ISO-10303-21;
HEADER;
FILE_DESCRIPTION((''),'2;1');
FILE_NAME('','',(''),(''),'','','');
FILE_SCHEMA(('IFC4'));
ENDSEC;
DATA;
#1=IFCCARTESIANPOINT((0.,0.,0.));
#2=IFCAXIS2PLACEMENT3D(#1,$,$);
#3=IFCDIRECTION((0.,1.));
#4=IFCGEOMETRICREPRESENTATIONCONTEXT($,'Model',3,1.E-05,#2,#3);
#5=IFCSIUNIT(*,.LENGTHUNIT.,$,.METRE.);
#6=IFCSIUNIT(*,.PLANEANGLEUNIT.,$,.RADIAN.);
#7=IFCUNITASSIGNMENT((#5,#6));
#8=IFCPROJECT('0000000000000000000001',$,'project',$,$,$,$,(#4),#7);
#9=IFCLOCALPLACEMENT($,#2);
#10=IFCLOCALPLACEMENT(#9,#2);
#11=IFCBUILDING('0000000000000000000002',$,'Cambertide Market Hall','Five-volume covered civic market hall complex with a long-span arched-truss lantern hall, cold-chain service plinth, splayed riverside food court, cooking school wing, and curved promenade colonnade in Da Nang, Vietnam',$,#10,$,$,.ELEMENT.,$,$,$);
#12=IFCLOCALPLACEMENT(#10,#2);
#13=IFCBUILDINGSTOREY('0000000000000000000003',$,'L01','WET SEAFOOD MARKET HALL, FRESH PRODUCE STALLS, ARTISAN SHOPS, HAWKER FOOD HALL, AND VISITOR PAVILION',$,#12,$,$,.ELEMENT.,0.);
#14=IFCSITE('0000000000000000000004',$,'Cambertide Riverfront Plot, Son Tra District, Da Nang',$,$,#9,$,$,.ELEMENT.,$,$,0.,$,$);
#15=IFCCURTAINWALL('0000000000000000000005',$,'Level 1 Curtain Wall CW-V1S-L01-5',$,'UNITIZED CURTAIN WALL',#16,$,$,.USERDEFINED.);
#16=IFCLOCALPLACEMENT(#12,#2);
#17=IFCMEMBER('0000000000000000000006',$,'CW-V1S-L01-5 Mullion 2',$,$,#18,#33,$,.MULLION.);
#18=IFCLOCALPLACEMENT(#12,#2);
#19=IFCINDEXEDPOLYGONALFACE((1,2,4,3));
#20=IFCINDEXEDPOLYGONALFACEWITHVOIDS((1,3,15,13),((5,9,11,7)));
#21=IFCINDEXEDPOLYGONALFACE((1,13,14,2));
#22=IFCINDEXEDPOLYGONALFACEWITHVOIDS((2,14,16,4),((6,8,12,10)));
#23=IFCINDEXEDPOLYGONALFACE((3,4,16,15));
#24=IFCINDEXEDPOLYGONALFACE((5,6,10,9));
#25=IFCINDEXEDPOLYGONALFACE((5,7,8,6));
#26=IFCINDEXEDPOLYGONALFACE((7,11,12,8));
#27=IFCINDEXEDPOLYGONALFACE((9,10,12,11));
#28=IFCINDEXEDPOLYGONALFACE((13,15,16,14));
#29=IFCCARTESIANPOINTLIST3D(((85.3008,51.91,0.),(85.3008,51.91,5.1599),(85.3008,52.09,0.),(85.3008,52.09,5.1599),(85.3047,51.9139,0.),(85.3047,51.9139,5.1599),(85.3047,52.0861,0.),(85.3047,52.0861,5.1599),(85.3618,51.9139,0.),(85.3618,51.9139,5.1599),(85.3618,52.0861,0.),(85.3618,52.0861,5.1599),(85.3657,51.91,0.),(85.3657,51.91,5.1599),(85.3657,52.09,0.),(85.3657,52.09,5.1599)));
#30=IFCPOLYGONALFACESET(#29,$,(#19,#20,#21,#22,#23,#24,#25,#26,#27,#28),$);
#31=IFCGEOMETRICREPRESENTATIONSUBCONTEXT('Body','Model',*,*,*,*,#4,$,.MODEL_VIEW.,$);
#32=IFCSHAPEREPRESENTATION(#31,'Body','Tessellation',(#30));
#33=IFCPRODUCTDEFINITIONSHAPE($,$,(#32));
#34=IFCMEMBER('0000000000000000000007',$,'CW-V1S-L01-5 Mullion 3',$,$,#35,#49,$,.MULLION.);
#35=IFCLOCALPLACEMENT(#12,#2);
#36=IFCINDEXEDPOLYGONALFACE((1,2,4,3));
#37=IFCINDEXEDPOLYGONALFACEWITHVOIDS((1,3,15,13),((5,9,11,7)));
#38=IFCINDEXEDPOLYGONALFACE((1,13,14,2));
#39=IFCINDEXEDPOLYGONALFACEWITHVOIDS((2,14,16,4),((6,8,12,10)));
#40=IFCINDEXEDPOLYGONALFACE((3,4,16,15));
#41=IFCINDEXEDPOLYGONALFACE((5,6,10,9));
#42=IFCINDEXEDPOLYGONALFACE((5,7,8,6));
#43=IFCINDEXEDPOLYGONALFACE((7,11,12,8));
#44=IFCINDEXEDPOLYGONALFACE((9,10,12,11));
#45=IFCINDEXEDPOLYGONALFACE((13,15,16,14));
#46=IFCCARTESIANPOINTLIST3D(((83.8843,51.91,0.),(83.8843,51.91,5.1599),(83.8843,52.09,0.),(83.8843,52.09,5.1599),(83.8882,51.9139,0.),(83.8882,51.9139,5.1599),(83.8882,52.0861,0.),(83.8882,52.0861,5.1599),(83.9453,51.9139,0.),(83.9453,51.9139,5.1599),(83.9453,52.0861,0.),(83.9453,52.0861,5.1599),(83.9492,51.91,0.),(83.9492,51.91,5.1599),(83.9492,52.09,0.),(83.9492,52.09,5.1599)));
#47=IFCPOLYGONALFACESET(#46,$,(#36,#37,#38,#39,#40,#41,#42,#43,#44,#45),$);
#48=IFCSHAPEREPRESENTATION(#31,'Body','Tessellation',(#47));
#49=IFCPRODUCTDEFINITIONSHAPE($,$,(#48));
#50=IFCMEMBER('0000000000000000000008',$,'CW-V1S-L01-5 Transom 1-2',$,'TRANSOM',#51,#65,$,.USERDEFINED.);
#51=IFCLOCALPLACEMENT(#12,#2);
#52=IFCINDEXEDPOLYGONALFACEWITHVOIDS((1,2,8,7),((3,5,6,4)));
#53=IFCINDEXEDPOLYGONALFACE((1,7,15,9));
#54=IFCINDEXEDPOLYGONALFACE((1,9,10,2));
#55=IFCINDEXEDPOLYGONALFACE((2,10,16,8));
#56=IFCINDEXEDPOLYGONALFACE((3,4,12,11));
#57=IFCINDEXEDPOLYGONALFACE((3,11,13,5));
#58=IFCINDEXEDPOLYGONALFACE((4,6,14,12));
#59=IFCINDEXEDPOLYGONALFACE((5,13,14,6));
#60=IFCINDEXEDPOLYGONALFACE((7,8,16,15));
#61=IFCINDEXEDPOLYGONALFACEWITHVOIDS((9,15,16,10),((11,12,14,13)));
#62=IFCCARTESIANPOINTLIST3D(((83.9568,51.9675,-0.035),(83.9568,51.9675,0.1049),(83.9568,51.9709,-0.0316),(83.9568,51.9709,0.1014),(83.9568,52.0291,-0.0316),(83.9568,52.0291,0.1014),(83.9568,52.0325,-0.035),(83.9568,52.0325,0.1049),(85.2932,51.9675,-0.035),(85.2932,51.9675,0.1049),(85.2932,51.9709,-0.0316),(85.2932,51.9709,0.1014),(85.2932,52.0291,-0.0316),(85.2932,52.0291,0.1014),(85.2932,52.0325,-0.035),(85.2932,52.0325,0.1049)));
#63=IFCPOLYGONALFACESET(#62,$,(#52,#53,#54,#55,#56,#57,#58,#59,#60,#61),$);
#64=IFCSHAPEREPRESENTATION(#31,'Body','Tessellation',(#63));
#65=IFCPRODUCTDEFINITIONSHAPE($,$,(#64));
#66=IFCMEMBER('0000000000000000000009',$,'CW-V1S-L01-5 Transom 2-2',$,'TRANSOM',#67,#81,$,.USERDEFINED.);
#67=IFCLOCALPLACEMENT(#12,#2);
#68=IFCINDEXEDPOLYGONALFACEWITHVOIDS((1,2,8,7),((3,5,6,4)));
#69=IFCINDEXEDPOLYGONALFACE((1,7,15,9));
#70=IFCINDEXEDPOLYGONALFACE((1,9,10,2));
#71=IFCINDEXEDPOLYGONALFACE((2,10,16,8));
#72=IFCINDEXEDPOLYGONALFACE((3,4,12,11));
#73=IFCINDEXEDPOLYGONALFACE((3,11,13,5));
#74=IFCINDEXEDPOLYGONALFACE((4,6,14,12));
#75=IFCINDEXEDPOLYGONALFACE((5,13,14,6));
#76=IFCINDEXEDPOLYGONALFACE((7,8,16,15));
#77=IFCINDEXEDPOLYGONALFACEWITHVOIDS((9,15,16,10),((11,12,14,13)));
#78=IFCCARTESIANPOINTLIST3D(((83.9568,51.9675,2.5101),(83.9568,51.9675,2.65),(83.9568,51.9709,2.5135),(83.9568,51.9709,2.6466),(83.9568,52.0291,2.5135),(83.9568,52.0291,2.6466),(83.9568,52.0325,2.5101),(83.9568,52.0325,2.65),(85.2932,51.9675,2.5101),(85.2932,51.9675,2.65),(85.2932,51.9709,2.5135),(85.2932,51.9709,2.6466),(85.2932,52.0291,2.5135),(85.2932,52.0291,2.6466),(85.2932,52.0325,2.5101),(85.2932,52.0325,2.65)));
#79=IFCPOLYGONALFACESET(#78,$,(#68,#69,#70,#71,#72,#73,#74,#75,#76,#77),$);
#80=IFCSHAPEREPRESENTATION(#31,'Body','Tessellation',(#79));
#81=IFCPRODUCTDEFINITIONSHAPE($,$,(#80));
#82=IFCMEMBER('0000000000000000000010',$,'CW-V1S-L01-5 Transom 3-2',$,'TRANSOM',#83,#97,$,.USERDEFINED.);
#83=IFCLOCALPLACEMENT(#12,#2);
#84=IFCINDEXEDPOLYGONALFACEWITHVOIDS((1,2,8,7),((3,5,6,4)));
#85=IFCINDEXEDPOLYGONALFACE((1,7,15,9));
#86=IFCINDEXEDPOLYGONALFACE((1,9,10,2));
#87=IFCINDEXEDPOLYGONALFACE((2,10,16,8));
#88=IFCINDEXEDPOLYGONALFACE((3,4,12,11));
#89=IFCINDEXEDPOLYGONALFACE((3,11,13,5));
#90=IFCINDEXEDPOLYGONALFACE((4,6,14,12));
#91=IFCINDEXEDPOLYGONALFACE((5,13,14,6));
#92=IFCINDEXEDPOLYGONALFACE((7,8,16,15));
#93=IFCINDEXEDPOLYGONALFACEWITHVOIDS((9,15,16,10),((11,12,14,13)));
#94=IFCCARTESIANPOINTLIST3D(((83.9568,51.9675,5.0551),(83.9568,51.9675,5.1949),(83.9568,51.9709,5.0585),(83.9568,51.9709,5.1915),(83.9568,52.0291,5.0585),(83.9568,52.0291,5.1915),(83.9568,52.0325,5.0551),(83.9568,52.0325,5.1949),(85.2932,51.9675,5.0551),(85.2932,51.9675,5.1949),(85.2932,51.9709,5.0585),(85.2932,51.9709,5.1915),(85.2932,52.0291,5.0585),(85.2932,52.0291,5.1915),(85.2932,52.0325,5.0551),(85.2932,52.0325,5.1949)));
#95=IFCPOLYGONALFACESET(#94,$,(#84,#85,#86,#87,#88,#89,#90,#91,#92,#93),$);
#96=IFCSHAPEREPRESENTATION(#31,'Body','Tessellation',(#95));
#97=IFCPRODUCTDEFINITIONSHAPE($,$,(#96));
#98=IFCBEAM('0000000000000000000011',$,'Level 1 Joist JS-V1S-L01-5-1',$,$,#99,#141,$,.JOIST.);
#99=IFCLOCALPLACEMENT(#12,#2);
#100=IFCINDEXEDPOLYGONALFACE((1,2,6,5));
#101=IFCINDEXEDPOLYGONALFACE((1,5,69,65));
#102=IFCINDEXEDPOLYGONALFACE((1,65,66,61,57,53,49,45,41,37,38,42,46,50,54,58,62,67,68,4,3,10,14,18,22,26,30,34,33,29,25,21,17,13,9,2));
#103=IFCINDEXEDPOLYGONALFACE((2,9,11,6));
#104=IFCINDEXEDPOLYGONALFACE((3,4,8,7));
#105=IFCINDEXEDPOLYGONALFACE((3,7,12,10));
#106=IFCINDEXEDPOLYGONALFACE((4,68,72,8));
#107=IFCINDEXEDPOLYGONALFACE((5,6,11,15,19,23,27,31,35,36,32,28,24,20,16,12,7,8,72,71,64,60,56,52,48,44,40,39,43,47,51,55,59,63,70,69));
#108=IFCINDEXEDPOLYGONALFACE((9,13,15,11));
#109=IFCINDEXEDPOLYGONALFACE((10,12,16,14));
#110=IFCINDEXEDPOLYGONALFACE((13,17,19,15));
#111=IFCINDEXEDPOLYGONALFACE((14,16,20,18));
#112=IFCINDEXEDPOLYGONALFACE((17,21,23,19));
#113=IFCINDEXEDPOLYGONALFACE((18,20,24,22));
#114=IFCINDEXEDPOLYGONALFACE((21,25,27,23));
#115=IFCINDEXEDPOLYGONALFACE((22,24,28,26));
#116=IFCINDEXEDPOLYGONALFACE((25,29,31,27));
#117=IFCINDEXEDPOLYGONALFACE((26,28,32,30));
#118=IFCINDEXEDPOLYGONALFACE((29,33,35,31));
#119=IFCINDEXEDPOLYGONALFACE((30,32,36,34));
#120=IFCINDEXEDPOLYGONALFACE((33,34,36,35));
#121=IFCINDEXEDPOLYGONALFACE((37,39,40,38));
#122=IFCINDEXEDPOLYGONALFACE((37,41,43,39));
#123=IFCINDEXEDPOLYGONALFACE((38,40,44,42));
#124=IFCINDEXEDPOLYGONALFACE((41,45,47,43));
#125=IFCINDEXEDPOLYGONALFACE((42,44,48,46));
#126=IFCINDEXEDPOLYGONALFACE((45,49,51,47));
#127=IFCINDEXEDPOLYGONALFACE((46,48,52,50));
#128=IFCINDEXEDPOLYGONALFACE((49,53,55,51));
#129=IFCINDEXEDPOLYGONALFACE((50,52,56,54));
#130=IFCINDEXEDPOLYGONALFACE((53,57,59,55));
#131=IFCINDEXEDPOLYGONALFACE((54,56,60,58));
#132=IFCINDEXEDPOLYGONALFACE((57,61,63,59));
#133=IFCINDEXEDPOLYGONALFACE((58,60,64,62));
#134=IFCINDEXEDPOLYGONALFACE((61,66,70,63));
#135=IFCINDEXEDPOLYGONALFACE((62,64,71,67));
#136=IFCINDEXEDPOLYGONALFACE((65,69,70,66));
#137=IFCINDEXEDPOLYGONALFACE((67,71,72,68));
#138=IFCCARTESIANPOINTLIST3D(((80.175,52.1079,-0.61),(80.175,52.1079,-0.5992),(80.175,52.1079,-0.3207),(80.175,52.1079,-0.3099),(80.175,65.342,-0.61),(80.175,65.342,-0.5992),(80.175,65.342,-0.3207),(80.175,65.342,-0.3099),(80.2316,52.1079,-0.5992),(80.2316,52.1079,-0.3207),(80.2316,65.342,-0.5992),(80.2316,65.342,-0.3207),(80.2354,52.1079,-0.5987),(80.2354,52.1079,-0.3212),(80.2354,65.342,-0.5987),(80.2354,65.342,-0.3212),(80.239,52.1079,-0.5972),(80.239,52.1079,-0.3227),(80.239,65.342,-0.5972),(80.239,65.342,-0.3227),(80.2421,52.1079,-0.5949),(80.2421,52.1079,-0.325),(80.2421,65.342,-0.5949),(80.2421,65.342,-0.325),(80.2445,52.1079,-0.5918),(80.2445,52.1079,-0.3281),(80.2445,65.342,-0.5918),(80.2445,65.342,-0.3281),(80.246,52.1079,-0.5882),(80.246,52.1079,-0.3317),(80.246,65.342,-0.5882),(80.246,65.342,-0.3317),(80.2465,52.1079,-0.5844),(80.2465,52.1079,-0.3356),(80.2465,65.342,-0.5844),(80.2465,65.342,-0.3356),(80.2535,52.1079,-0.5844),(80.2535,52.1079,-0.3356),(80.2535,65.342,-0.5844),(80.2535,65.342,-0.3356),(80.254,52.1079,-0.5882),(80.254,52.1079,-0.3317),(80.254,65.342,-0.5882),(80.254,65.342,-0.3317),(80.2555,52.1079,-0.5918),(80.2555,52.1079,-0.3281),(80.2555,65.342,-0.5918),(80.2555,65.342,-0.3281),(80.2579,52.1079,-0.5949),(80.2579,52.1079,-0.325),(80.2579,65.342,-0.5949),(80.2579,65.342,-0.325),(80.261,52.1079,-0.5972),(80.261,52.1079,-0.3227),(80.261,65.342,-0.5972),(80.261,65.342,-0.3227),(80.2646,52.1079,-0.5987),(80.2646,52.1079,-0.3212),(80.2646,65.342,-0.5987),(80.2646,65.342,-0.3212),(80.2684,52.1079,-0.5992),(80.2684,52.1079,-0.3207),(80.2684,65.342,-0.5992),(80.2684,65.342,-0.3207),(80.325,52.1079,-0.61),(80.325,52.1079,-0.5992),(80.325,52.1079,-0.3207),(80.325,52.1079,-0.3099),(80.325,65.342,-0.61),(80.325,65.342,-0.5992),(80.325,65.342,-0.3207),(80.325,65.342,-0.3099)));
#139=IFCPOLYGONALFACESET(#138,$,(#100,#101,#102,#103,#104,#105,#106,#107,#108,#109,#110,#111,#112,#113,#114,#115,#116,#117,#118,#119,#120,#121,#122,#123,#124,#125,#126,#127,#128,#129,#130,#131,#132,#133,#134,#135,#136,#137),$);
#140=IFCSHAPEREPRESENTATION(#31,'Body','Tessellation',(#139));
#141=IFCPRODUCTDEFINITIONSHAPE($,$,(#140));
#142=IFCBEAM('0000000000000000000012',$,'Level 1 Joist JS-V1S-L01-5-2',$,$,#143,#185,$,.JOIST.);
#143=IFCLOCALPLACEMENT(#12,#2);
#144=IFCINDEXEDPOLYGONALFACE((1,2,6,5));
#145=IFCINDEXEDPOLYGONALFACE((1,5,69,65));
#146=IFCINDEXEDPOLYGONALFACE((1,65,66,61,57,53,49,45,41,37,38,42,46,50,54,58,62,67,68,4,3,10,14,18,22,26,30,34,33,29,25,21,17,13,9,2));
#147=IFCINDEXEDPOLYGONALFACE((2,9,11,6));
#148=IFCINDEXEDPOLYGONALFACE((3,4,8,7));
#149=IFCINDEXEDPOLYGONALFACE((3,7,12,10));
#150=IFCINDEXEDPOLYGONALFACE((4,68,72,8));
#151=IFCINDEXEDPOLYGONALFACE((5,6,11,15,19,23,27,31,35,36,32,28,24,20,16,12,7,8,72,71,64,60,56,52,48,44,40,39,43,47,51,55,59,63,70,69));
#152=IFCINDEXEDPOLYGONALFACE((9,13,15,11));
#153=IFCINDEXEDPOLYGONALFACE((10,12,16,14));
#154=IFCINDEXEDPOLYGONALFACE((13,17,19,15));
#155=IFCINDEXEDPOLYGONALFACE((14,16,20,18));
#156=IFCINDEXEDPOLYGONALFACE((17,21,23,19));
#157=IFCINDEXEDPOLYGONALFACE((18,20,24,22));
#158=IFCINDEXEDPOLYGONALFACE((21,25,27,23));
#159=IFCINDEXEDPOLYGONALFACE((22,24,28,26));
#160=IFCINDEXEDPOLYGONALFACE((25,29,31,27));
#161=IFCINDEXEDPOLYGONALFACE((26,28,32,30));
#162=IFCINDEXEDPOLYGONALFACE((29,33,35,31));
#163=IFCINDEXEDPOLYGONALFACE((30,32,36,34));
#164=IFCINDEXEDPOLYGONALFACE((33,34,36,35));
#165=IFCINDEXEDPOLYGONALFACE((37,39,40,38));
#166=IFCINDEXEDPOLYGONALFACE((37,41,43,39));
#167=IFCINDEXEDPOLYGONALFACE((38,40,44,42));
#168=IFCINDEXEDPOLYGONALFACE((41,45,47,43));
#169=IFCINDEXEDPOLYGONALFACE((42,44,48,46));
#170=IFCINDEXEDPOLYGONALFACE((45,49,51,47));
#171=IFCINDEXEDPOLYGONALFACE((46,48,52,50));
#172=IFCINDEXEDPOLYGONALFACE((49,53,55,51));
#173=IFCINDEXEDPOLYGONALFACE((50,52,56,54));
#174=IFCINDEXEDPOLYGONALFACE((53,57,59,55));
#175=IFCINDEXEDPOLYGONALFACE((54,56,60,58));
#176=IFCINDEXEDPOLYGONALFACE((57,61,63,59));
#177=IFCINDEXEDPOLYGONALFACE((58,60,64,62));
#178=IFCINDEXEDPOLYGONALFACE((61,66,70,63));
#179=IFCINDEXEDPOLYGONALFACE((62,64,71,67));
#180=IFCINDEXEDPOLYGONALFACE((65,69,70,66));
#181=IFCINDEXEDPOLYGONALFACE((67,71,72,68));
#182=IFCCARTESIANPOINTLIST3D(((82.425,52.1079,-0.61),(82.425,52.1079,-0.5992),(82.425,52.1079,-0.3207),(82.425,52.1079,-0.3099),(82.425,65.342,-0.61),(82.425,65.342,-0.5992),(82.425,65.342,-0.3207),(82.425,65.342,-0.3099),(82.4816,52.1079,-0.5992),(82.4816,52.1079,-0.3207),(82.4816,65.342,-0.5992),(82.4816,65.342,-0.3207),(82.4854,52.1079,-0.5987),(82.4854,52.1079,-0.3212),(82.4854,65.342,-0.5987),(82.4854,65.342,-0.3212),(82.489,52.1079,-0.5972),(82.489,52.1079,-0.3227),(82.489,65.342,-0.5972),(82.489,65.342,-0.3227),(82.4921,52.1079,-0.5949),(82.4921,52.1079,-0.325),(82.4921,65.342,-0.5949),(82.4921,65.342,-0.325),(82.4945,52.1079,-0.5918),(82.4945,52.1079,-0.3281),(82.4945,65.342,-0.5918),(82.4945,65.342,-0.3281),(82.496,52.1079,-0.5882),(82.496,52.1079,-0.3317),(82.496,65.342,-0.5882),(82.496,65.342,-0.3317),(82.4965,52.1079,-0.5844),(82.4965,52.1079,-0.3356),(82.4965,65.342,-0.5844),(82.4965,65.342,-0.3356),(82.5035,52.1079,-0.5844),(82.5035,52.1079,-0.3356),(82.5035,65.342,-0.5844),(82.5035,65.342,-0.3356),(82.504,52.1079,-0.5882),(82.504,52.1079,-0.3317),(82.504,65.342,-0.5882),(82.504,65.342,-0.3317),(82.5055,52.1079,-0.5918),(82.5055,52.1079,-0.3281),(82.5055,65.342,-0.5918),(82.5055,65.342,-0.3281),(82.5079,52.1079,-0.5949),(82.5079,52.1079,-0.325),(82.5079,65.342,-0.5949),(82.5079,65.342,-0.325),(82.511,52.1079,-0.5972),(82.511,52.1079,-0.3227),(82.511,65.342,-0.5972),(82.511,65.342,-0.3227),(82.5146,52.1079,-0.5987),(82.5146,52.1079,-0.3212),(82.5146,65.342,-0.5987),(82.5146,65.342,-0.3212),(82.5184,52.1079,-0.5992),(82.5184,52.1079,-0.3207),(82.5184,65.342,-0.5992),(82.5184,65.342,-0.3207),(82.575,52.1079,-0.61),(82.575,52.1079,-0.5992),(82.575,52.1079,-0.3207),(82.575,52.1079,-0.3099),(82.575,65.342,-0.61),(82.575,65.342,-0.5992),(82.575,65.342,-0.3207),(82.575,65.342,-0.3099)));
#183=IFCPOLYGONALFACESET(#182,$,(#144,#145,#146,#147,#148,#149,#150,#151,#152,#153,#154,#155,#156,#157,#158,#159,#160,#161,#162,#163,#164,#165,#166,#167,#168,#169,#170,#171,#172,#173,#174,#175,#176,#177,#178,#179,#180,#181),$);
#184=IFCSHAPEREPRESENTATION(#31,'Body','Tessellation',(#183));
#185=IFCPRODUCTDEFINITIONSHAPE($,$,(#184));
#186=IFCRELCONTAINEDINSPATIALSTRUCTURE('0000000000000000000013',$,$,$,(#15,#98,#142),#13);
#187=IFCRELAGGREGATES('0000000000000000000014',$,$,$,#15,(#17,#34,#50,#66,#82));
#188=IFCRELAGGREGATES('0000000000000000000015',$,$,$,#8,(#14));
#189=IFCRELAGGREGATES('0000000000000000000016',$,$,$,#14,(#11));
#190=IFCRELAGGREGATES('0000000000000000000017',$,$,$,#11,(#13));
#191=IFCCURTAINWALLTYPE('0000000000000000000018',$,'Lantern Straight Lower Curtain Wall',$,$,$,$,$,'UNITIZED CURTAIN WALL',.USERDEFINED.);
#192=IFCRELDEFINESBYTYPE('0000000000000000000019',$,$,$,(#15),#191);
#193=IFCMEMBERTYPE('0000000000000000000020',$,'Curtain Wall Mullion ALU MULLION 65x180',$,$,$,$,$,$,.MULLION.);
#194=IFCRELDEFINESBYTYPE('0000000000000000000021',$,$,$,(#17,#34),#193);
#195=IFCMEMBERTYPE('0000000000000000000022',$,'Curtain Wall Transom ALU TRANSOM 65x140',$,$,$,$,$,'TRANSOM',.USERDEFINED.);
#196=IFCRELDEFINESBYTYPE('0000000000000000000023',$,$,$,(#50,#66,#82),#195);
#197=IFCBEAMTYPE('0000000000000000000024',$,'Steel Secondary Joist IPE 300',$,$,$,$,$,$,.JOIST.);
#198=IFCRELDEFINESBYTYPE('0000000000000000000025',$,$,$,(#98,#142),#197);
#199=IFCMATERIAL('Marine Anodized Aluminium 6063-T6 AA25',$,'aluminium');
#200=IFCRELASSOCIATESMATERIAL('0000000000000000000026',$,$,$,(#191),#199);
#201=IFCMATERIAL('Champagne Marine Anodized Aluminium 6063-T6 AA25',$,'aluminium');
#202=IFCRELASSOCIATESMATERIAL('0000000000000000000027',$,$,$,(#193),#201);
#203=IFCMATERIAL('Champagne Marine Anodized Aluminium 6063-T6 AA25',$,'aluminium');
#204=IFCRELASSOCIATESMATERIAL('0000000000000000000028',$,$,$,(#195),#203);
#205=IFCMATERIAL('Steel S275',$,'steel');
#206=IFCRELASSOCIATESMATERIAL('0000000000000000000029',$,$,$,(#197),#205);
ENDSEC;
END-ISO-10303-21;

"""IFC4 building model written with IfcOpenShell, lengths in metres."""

from ifc_helpers import new_model, si_unit, direction, frame, origin, origin_2d, place, context, subcontext, project, spatial, hollow_rectangle, i_section, extrude, material, material_profile, profile_set, type_object, element, aggregate, save


model = new_model("IFC4")

# Units and contexts
model_context = context("Model", 3, precision=1e-05, world=origin(), true_north=direction((0.0, 1.0)))
body_context = subcontext(model_context, "Body", "Model", "MODEL_VIEW")
ifc_project = project(units=[si_unit("LENGTHUNIT", "METRE"), si_unit("PLANEANGLEUNIT", "RADIAN")], contexts=[model_context])

# Site, building, storey
site_placement = place(None, origin())
site = spatial("IfcSite", under=ifc_project, at=site_placement, Name="Cambertide Riverfront Plot, Son Tra District, Da Nang", CompositionType="ELEMENT", RefElevation=0.0)
building_placement = place(site_placement, origin())
building = spatial("IfcBuilding", under=site, at=building_placement, Name="Cambertide Market Hall", Description="Five-volume covered civic market hall complex with a long-span arched-truss lantern hall, cold-chain service plinth, splayed riverside food court, cooking school wing, and curved promenade colonnade in Da Nang, Vietnam", CompositionType="ELEMENT")
storey_placement = place(building_placement, origin())
storey = spatial("IfcBuildingStorey", under=building, at=storey_placement, Name="L01", Description="WET SEAFOOD MARKET HALL, FRESH PRODUCE STALLS, ARTISAN SHOPS, HAWKER FOOD HALL, AND VISITOR PAVILION", CompositionType="ELEMENT", Elevation=0.0)

# Curtain wall, members
ifc_material_1 = material(Name="Marine Anodized Aluminium 6063-T6 AA25", Category="aluminium")
curtain_wall_type = type_object("IfcCurtainWallType", Name="Lantern Straight Lower Curtain Wall", ElementType="UNITIZED CURTAIN WALL", PredefinedType="USERDEFINED", material=ifc_material_1)
curtain_wall_placement = place(storey_placement, origin())
curtain_wall = element("IfcCurtainWall", 1, at=curtain_wall_placement, inside=storey, type_object=curtain_wall_type, Name="Level 1 Curtain Wall CW-V1S-L01-5", ObjectType="UNITIZED CURTAIN WALL", PredefinedType="USERDEFINED")
ifc_material_2 = material(Name="Champagne Marine Anodized Aluminium 6063-T6 AA25", Category="aluminium")
ifc_material_profile_1 = material_profile(ifc_material_2, hollow_rectangle(XDim=0.0649, YDim=0.1799, WallThickness=0.0039, at=origin_2d()), Name="ALU MULLION 65x180")
ifc_profile_set_1 = profile_set([ifc_material_profile_1], Name="Champagne Marine Anodized Aluminium 6063-T6 AA25")
member_type_1 = type_object("IfcMemberType", Name="Curtain Wall Mullion ALU MULLION 65x180", PredefinedType="MULLION", material=ifc_profile_set_1)
member_1_placement = place(storey_placement, frame((85.3333, 52.0, 0.0), z_axis=(0.0, 0.0, 1.0), x_axis=(-1.0, 0.0, 0.0)))
member_1 = element("IfcMember", 2, at=member_1_placement, type_object=member_type_1, Name="CW-V1S-L01-5 Mullion 2", PredefinedType="MULLION", context=body_context, shape_type="SweptSolid", body=[
    extrude(hollow_rectangle(XDim=0.0649, YDim=0.1799, WallThickness=0.0039, at=origin_2d()), origin(), (0.0, 0.0, 1.0), 5.1599),
])
member_2_placement = place(storey_placement, frame((83.9167, 52.0, 0.0), z_axis=(0.0, 0.0, 1.0), x_axis=(-1.0, 0.0, 0.0)))
member_2 = element("IfcMember", 3, at=member_2_placement, type_object=member_type_1, Name="CW-V1S-L01-5 Mullion 3", PredefinedType="MULLION", context=body_context, shape_type="SweptSolid", body=[
    extrude(hollow_rectangle(XDim=0.0649, YDim=0.1799, WallThickness=0.0039, at=origin_2d()), origin(), (0.0, 0.0, 1.0), 5.1599),
])
ifc_material_3 = material(Name="Champagne Marine Anodized Aluminium 6063-T6 AA25", Category="aluminium")
ifc_material_profile_2 = material_profile(ifc_material_3, hollow_rectangle(XDim=0.0649, YDim=0.1399, WallThickness=0.0034, at=origin_2d()), Name="ALU TRANSOM 65x140")
ifc_profile_set_2 = profile_set([ifc_material_profile_2], Name="Champagne Marine Anodized Aluminium 6063-T6 AA25")
member_type_2 = type_object("IfcMemberType", Name="Curtain Wall Transom ALU TRANSOM 65x140", ElementType="TRANSOM", PredefinedType="USERDEFINED", material=ifc_profile_set_2)
member_3_placement = place(storey_placement, frame((85.2932, 52.0, 0.0349), z_axis=(-1.0, 0.0, 0.0), x_axis=(0.0, -1.0, 0.0)))
member_3 = element("IfcMember", 4, at=member_3_placement, type_object=member_type_2, Name="CW-V1S-L01-5 Transom 1-2", ObjectType="TRANSOM", PredefinedType="USERDEFINED", context=body_context, shape_type="SweptSolid", body=[
    extrude(hollow_rectangle(XDim=0.0649, YDim=0.1399, WallThickness=0.0034, at=origin_2d()), origin(), (0.0, 0.0, 1.0), 1.3364),
])
member_4_placement = place(storey_placement, frame((85.2932, 52.0, 2.5801), z_axis=(-1.0, 0.0, 0.0), x_axis=(0.0, -1.0, 0.0)))
member_4 = element("IfcMember", 5, at=member_4_placement, type_object=member_type_2, Name="CW-V1S-L01-5 Transom 2-2", ObjectType="TRANSOM", PredefinedType="USERDEFINED", context=body_context, shape_type="SweptSolid", body=[
    extrude(hollow_rectangle(XDim=0.0649, YDim=0.1399, WallThickness=0.0034, at=origin_2d()), origin(), (0.0, 0.0, 1.0), 1.3364),
])
member_5_placement = place(storey_placement, frame((85.2932, 52.0, 5.125), z_axis=(-1.0, 0.0, 0.0), x_axis=(0.0, -1.0, 0.0)))
member_5 = element("IfcMember", 6, at=member_5_placement, type_object=member_type_2, Name="CW-V1S-L01-5 Transom 3-2", ObjectType="TRANSOM", PredefinedType="USERDEFINED", context=body_context, shape_type="SweptSolid", body=[
    extrude(hollow_rectangle(XDim=0.0649, YDim=0.1399, WallThickness=0.0034, at=origin_2d()), origin(), (0.0, 0.0, 1.0), 1.3364),
])

# Beams
ifc_material_4 = material(Name="Steel S275", Category="steel")
ifc_material_profile_3 = material_profile(ifc_material_4, i_section(OverallWidth=0.1499, OverallDepth=0.3, WebThickness=0.0071, FlangeThickness=0.0107, FilletRadius=0.0149, at=origin_2d()), Name="IPE 300")
ifc_profile_set_3 = profile_set([ifc_material_profile_3], Name="Steel S275")
beam_type = type_object("IfcBeamType", Name="Steel Secondary Joist IPE 300", PredefinedType="JOIST", material=ifc_profile_set_3)
for number, where, z_axis, x_axis, name in (
    (7, (80.25, 52.1079, -0.46), (0.0, 1.0, 0.0), (-1.0, 0.0, 0.0), "Level 1 Joist JS-V1S-L01-5-1"),
    (8, (82.5, 52.1079, -0.46), (0.0, 1.0, 0.0), (-1.0, 0.0, 0.0), "Level 1 Joist JS-V1S-L01-5-2"),
):
    element("IfcBeam", number, at=place(storey_placement, frame(where, z_axis=z_axis, x_axis=x_axis)), inside=storey, type_object=beam_type, Name=name, PredefinedType="JOIST", context=body_context, shape_type="SweptSolid", body=[
        extrude(i_section(OverallWidth=0.1499, OverallDepth=0.3, WebThickness=0.0071, FlangeThickness=0.0107, FilletRadius=0.0149, at=origin_2d()), origin(), (0.0, 0.0, 1.0), 13.2341),
    ])

aggregate(curtain_wall, [member_1, member_2, member_3, member_4, member_5])

save(model, "model.ifc")
